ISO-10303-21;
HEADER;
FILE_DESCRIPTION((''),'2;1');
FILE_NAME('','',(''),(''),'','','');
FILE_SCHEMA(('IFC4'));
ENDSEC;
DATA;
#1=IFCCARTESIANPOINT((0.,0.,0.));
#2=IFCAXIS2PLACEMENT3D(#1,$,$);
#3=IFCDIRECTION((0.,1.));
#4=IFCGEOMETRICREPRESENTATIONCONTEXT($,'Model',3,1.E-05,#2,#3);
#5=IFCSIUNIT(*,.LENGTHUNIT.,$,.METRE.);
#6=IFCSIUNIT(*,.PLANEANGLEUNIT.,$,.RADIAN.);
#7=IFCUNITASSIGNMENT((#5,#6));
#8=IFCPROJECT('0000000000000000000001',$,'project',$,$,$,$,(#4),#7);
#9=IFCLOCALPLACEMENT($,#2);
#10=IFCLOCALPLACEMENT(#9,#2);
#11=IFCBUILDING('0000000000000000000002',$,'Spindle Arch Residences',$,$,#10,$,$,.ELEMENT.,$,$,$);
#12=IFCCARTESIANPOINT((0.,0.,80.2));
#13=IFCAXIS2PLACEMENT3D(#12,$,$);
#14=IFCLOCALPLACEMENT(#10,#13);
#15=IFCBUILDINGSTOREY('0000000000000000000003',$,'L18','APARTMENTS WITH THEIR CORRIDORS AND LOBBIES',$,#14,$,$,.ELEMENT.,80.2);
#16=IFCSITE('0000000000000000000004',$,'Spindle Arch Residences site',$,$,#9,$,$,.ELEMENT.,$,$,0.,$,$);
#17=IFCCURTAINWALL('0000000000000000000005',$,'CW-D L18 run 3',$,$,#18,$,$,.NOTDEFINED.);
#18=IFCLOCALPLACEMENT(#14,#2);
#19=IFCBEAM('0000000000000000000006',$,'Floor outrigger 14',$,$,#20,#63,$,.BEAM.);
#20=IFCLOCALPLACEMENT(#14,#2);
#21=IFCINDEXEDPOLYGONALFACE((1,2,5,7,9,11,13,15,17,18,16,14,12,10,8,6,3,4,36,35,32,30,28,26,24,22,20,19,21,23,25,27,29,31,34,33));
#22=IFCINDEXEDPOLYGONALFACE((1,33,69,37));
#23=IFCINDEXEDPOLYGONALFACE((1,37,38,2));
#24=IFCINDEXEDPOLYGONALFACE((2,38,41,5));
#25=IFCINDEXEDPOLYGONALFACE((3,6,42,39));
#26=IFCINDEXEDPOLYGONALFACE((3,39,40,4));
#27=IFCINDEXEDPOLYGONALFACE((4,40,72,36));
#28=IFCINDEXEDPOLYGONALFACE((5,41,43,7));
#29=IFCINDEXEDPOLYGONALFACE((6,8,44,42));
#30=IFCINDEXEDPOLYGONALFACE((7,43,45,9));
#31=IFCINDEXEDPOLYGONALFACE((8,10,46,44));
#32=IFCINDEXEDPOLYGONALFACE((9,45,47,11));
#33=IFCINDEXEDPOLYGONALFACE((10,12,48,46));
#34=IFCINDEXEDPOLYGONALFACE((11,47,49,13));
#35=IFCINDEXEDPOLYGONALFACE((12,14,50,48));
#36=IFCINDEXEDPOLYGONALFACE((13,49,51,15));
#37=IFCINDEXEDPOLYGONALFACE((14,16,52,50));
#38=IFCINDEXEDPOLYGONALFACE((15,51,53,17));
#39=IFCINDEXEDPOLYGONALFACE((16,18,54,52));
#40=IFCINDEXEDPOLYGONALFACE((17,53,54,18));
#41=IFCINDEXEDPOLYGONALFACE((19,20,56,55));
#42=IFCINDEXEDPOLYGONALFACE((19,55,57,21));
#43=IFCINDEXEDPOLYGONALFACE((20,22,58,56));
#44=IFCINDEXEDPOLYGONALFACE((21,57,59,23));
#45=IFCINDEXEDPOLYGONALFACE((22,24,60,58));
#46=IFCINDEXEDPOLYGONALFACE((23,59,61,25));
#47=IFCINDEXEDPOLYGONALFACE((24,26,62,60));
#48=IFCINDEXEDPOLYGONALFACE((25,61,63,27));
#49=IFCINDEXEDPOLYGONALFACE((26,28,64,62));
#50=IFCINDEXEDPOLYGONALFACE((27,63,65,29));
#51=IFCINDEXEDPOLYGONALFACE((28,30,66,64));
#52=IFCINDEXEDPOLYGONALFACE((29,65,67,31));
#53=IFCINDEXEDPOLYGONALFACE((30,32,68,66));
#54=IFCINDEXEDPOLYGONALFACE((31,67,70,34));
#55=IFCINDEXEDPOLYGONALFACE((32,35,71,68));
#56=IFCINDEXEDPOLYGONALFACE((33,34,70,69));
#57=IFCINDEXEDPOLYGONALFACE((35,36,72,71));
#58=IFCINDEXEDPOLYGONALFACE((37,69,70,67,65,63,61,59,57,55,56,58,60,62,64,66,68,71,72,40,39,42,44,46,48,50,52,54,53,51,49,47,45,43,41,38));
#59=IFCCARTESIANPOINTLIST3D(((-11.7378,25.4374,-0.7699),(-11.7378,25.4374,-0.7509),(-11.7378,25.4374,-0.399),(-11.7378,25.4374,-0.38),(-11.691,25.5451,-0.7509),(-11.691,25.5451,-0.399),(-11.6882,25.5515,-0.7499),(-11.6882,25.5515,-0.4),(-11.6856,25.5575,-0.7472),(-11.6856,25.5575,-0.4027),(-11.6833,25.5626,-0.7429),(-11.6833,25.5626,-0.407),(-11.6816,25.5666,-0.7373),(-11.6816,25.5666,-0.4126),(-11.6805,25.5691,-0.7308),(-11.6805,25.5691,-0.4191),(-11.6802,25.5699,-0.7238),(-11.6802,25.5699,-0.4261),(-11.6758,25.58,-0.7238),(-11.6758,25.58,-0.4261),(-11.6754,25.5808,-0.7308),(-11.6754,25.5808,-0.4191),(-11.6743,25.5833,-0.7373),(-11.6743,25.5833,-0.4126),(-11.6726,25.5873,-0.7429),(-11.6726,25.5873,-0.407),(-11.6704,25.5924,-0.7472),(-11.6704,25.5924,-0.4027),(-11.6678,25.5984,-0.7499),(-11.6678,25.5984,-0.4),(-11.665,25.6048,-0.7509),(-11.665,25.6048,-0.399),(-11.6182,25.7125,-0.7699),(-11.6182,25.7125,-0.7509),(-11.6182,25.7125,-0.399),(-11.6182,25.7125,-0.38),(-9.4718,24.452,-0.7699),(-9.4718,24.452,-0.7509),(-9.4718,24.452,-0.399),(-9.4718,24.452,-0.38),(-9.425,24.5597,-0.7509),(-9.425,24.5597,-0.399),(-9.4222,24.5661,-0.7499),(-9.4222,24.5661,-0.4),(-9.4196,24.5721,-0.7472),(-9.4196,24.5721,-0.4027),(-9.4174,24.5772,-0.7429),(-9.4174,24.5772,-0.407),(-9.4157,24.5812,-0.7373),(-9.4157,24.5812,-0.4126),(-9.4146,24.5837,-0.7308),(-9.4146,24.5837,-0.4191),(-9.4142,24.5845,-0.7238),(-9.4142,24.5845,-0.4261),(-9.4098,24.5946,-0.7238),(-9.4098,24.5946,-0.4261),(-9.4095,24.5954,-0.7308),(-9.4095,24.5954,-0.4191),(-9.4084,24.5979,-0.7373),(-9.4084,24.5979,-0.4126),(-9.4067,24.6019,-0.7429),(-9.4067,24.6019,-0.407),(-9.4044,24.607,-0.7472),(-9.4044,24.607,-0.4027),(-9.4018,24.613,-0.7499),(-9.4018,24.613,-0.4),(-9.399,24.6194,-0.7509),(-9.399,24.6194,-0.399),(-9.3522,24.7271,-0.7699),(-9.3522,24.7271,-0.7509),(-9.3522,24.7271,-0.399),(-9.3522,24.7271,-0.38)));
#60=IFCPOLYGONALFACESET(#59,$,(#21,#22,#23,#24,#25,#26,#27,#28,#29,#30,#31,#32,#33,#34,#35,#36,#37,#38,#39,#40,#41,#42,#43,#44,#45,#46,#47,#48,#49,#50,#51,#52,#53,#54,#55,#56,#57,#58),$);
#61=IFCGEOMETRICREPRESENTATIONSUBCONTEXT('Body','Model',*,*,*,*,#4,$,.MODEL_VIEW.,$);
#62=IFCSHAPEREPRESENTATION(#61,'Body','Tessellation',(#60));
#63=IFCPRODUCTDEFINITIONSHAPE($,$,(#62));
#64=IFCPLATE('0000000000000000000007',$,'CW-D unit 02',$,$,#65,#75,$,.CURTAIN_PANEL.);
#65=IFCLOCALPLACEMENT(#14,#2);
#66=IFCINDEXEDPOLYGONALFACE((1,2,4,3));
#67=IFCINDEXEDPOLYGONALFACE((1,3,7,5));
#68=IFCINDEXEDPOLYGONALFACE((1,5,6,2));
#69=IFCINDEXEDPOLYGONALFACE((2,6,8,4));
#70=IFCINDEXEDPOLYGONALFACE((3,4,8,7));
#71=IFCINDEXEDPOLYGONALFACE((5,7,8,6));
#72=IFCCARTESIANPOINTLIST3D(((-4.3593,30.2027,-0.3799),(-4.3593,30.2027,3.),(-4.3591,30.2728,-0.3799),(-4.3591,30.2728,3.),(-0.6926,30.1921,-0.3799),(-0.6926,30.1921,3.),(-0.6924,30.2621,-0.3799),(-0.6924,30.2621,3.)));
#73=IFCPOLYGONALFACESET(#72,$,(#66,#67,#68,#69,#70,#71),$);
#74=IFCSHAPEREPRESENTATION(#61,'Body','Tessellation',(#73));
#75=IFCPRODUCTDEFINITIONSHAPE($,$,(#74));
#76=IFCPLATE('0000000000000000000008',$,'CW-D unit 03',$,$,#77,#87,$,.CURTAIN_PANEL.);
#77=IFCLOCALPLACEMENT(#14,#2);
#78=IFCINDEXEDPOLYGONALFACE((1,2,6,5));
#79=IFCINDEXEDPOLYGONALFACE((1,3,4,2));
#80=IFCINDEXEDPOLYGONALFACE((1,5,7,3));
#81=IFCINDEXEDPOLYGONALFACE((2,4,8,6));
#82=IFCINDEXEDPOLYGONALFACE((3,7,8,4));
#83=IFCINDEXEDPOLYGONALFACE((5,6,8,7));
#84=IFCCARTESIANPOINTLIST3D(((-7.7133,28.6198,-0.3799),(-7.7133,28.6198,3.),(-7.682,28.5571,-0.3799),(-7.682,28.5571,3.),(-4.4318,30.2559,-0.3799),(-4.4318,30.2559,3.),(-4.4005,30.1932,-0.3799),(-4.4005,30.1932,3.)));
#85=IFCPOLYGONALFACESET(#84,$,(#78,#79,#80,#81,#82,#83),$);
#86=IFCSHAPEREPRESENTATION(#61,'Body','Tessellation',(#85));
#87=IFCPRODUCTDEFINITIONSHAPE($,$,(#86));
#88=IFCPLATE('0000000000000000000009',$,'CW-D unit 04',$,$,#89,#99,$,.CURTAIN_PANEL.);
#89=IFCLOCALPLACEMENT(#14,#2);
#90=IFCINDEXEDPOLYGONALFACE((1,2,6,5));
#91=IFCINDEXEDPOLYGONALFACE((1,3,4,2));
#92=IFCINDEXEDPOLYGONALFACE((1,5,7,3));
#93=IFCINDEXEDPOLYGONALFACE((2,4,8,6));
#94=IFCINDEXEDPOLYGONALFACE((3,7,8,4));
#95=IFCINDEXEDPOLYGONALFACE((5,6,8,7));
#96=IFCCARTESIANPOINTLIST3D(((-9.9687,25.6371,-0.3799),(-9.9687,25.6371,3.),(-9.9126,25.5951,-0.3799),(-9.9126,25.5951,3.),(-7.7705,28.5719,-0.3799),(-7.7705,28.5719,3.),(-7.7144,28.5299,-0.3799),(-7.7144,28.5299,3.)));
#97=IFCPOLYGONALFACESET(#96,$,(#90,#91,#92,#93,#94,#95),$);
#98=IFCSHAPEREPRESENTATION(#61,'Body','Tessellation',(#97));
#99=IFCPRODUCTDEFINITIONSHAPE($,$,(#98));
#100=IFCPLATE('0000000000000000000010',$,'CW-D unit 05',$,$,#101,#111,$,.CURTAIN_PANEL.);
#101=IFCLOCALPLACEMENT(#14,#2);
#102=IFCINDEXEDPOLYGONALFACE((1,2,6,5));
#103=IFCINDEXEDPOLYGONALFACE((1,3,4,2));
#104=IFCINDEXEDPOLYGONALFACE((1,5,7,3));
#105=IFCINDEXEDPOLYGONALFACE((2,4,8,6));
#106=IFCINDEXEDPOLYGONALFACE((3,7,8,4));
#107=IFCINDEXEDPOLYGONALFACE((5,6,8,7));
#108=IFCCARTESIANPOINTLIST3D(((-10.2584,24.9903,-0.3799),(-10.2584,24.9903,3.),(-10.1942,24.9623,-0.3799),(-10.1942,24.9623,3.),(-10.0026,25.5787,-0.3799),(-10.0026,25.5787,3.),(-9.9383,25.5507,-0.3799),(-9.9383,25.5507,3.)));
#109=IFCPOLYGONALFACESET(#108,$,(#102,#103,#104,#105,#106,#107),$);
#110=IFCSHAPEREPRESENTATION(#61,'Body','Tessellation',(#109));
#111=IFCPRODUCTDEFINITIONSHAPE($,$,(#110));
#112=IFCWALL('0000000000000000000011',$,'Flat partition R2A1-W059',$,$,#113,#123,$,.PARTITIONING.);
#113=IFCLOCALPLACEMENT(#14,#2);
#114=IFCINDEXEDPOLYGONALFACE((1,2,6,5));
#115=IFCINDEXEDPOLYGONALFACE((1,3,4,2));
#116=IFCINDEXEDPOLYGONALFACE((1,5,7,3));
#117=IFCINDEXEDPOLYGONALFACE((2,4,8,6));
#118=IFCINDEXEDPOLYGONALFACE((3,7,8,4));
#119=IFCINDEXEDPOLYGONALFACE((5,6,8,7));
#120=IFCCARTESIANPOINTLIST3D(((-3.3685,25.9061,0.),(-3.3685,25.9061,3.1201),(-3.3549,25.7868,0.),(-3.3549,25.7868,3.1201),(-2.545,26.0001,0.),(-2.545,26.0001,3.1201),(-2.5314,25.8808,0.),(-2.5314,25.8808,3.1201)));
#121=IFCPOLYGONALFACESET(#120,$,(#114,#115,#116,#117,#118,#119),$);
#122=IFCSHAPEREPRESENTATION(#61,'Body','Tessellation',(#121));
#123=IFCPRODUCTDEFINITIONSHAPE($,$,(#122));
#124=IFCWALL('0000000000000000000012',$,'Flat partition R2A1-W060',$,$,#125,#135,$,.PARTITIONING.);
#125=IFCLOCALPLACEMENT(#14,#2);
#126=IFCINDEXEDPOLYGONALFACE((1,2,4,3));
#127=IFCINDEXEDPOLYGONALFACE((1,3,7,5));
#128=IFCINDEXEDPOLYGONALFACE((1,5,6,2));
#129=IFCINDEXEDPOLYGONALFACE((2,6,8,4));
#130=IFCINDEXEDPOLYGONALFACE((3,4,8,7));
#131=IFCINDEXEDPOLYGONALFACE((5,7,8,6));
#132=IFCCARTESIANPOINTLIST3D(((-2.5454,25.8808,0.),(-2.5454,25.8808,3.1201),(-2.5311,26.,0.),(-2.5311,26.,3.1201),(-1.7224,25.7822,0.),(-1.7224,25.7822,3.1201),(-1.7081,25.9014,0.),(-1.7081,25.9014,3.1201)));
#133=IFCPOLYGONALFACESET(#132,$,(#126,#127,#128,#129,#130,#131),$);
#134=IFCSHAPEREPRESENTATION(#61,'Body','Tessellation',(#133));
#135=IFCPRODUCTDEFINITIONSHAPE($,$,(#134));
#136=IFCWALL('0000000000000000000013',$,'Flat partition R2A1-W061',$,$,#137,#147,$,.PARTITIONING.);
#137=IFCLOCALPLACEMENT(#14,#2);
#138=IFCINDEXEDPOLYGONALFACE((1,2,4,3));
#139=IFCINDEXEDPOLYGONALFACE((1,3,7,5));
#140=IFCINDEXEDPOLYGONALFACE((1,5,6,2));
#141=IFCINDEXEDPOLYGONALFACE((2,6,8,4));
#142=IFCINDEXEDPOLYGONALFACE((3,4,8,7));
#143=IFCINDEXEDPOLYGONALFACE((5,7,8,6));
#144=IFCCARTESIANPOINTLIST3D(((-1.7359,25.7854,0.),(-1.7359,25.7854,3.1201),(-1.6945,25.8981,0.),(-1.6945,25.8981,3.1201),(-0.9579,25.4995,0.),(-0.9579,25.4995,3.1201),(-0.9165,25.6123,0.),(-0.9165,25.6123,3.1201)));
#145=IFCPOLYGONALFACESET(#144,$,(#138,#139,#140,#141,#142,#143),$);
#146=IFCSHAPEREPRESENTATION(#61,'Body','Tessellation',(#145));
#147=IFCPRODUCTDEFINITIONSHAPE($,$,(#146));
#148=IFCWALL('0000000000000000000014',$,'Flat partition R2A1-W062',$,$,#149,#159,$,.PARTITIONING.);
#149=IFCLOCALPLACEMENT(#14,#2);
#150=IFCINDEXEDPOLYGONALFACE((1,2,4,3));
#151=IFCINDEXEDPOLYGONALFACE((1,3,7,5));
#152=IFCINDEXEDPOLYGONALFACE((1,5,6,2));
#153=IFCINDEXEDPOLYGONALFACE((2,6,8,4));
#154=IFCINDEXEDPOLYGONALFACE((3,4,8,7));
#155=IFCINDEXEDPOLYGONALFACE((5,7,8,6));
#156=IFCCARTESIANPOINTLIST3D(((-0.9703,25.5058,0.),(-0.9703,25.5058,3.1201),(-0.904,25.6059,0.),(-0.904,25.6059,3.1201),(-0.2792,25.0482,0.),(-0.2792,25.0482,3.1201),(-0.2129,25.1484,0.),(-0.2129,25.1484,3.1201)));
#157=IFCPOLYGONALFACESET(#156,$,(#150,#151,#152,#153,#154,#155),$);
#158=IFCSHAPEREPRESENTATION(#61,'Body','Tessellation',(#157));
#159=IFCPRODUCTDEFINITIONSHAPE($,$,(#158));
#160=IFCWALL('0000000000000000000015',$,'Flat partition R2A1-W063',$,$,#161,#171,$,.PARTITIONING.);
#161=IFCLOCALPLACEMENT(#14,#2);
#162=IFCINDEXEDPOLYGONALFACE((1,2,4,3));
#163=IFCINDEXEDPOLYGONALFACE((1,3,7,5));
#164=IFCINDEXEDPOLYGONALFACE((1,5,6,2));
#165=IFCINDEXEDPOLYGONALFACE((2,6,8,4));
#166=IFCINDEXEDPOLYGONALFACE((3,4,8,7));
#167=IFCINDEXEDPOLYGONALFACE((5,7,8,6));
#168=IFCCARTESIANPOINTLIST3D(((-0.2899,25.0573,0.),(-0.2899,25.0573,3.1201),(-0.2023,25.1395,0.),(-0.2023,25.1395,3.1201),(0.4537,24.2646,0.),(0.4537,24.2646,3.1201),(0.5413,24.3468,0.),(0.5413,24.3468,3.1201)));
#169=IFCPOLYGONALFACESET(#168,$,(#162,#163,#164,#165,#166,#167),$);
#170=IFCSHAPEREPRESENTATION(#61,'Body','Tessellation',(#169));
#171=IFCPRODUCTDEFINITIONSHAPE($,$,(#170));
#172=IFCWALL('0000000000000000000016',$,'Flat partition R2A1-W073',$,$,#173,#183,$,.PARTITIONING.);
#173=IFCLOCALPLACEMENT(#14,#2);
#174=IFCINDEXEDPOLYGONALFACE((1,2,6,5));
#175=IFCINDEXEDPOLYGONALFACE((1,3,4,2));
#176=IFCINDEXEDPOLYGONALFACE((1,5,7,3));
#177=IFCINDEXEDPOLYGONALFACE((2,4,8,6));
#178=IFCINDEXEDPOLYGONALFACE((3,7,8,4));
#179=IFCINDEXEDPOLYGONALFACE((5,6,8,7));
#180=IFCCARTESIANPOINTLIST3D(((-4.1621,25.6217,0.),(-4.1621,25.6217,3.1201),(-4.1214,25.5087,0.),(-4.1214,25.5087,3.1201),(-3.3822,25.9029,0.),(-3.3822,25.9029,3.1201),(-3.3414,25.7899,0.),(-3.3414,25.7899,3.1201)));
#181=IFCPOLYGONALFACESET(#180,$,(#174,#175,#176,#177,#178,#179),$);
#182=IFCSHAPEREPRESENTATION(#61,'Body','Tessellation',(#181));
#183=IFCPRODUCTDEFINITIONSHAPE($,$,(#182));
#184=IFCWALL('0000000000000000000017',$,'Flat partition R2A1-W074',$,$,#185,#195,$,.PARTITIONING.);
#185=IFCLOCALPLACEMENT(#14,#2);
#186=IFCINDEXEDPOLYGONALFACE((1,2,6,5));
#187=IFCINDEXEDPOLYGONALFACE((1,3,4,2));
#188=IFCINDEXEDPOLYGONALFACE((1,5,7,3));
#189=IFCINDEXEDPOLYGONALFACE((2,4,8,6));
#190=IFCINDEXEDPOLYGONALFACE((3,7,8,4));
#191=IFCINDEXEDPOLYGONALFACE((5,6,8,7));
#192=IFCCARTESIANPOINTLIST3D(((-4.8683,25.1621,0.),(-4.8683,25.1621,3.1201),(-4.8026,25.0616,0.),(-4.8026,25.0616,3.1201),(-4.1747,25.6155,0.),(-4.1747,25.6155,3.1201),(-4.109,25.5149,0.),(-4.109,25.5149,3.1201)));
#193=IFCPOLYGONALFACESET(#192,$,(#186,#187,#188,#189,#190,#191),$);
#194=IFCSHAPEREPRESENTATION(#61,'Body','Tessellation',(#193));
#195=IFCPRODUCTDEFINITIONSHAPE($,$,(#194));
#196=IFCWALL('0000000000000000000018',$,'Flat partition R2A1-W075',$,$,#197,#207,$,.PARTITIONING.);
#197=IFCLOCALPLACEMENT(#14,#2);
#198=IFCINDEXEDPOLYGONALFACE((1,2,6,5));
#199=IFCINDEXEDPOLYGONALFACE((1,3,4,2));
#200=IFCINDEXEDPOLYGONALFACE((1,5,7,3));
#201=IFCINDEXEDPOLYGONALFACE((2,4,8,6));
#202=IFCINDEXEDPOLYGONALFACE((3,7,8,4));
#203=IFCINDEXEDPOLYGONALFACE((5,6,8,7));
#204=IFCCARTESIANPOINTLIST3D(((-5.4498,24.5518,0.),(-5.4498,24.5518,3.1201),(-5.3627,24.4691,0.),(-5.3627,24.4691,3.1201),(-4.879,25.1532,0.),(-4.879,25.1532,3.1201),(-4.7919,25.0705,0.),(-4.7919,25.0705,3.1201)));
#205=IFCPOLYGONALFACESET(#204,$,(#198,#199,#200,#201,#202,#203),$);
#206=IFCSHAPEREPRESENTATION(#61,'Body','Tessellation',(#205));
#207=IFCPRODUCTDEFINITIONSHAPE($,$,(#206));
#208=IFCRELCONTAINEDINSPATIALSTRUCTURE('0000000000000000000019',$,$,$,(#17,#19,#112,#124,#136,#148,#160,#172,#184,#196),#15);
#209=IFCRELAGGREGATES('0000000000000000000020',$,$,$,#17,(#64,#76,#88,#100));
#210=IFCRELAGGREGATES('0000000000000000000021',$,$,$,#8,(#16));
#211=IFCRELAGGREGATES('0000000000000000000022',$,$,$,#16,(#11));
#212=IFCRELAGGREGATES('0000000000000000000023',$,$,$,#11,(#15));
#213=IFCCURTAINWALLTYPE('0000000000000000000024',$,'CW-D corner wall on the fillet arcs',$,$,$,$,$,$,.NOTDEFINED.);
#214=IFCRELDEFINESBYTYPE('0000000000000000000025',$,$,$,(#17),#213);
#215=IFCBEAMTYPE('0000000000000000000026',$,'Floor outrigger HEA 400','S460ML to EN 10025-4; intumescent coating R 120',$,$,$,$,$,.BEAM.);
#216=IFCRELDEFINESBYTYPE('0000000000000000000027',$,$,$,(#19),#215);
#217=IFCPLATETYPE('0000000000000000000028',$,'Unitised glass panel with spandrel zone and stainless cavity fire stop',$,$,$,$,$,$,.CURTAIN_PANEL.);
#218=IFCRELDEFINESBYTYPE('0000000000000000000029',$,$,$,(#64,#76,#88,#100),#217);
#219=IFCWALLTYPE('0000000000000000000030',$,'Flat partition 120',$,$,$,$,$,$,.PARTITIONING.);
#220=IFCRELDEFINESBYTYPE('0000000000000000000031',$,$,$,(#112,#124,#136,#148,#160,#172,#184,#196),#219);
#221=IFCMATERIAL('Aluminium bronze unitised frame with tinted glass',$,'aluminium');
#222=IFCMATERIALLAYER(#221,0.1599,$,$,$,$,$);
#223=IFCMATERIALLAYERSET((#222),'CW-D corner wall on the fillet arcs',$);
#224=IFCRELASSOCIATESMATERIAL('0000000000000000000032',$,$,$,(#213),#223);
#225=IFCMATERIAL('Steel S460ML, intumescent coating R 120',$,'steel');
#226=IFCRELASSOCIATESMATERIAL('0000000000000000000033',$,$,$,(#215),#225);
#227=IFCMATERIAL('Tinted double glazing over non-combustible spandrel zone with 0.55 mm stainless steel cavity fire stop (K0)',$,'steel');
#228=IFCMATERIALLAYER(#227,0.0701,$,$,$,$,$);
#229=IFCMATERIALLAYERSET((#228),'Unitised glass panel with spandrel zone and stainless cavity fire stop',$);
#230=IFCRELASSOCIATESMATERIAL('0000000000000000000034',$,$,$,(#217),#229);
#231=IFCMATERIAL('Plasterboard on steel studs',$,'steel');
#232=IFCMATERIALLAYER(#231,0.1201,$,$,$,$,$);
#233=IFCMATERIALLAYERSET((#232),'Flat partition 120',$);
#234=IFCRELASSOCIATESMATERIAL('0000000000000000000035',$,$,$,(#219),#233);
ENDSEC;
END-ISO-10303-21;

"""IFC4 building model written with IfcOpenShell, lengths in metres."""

from ifc_helpers import new_model, si_unit, direction, frame, frame_2d, origin, origin_2d, place, context, subcontext, project, spatial, rectangle, i_section, extrude, material, layer, layer_set, material_profile, profile_set, type_object, element, aggregate, save


model = new_model("IFC4")

# Units and contexts
model_context = context("Model", 3, precision=1e-05, world=origin(), true_north=direction((0.0, 1.0)))
body_context = subcontext(model_context, "Body", "Model", "MODEL_VIEW")
ifc_project = project(units=[si_unit("LENGTHUNIT", "METRE"), si_unit("PLANEANGLEUNIT", "RADIAN")], contexts=[model_context])

# Site, building, storey
site_placement = place(None, origin())
site = spatial("IfcSite", under=ifc_project, at=site_placement, Name="Spindle Arch Residences site", CompositionType="ELEMENT", RefElevation=0.0)
building_placement = place(site_placement, origin())
building = spatial("IfcBuilding", under=site, at=building_placement, Name="Spindle Arch Residences", CompositionType="ELEMENT")
storey_placement = place(building_placement, frame((0.0, 0.0, 80.2)))
storey = spatial("IfcBuildingStorey", under=building, at=storey_placement, Name="L18", Description="APARTMENTS WITH THEIR CORRIDORS AND LOBBIES", CompositionType="ELEMENT", Elevation=80.2)

# Curtain wall
ifc_material_1 = material(Name="Aluminium bronze unitised frame with tinted glass", Category="aluminium")
ifc_layer_1 = layer(ifc_material_1, 0.1599)
ifc_layer_set_1 = layer_set([ifc_layer_1], Name="CW-D corner wall on the fillet arcs")
curtain_wall_type = type_object("IfcCurtainWallType", Name="CW-D corner wall on the fillet arcs", PredefinedType="NOTDEFINED", material=ifc_layer_set_1)
curtain_wall_placement = place(storey_placement, origin())
curtain_wall = element("IfcCurtainWall", 1, at=curtain_wall_placement, inside=storey, type_object=curtain_wall_type, Name="CW-D L18 run 3", PredefinedType="NOTDEFINED")

# Beam
ifc_material_2 = material(Name="Steel S460ML, intumescent coating R 120", Category="steel")
ifc_material_profile_1 = material_profile(ifc_material_2, i_section(OverallWidth=0.3, OverallDepth=0.3899, WebThickness=0.011, FlangeThickness=0.019, FilletRadius=0.0271, at=origin_2d()), Name="HEA 400")
ifc_profile_set_1 = profile_set([ifc_material_profile_1], Name="Steel S460ML, intumescent coating R 120")
beam_type_1 = type_object("IfcBeamType", Name="Floor outrigger HEA 400", Description="S460ML to EN 10025-4; intumescent coating R 120", PredefinedType="BEAM", material=ifc_profile_set_1)
beam_1_placement = place(storey_placement, frame((-11.678, 25.575, -0.575), z_axis=(0.917042, -0.398791, 0.0), x_axis=(0.398791, 0.917042, 0.0)))
element("IfcBeam", 2, at=beam_1_placement, inside=storey, type_object=beam_type_1, Name="Floor outrigger 14", PredefinedType="BEAM", context=body_context, shape_type="SweptSolid", body=[
    extrude(i_section(OverallWidth=0.3, OverallDepth=0.3899, WebThickness=0.011, FlangeThickness=0.019, FilletRadius=0.0271, at=origin_2d()), origin(), (0.0, 0.0, 1.0), 2.4709),
])

# Plates
ifc_material_3 = material(Name="Tinted double glazing over non-combustible spandrel zone with 0.55 mm stainless steel cavity fire stop (K0)", Category="steel")
ifc_layer_2 = layer(ifc_material_3, 0.0701)
ifc_layer_set_2 = layer_set([ifc_layer_2], Name="Unitised glass panel with spandrel zone and stainless cavity fire stop")
plate_type = type_object("IfcPlateType", Name="Unitised glass panel with spandrel zone and stainless cavity fire stop", PredefinedType="CURTAIN_PANEL", material=ifc_layer_set_2)
plate_1_placement = place(storey_placement, frame((-2.5259, 30.2324, -0.3799), z_axis=(0.0, 0.0, 1.0), x_axis=(-0.999996, 0.002909, 0.0)))
plate_1 = element("IfcPlate", 3, at=plate_1_placement, type_object=plate_type, Name="CW-D unit 02", PredefinedType="CURTAIN_PANEL", context=body_context, shape_type="SweptSolid", body=[
    extrude(rectangle(XDim=3.6667, YDim=0.0701, at=origin_2d()), origin(), (0.0, 0.0, 1.0), 3.3799),
])
plate_2_placement = place(storey_placement, frame((-6.0569, 29.4065, -0.3799), z_axis=(0.0, 0.0, 1.0), x_axis=(-0.894934, -0.446198, 0.0)))
plate_2 = element("IfcPlate", 4, at=plate_2_placement, type_object=plate_type, Name="CW-D unit 03", PredefinedType="CURTAIN_PANEL", context=body_context, shape_type="SweptSolid", body=[
    extrude(rectangle(XDim=3.6667, YDim=0.0701, at=origin_2d()), origin(), (0.0, 0.0, 1.0), 3.3799),
])
plate_3_placement = place(storey_placement, frame((-8.8416, 27.0835, -0.3799), z_axis=(0.0, 0.0, 1.0), x_axis=(-0.599489, -0.800383, 0.0)))
plate_3 = element("IfcPlate", 5, at=plate_3_placement, type_object=plate_type, Name="CW-D unit 04", PredefinedType="CURTAIN_PANEL", context=body_context, shape_type="SweptSolid", body=[
    extrude(rectangle(XDim=3.6667, YDim=0.0701, at=origin_2d()), origin(), (0.0, 0.0, 1.0), 3.3799),
])
plate_4_placement = place(storey_placement, frame((-10.0984, 25.2705, -0.3799), z_axis=(0.0, 0.0, 1.0), x_axis=(-0.398749, -0.91706, 0.0)))
plate_4 = element("IfcPlate", 6, at=plate_4_placement, type_object=plate_type, Name="CW-D unit 05", PredefinedType="CURTAIN_PANEL", context=body_context, shape_type="SweptSolid", body=[
    extrude(rectangle(XDim=0.6416, YDim=0.0701, at=origin_2d()), origin(), (0.0, 0.0, 1.0), 3.3799),
])
aggregate(curtain_wall, [plate_1, plate_2, plate_3, plate_4])

# Walls
ifc_material_4 = material(Name="Plasterboard on steel studs", Category="steel")
ifc_layer_3 = layer(ifc_material_4, 0.1201)
ifc_layer_set_3 = layer_set([ifc_layer_3], Name="Flat partition 120")
wall_type_1 = type_object("IfcWallType", Name="Flat partition 120", PredefinedType="PARTITIONING", material=ifc_layer_set_3)
for number, where, z_axis, x_axis, name in (
    (7, (-3.3618, 25.8464, 0.0), (0.0, 0.0, 1.0), (0.993549, 0.113405, 0.0), "Flat partition R2A1-W059"),
    (8, (-2.5383, 25.9404, 0.0), (0.0, 0.0, 1.0), (0.992895, -0.118994, 0.0), "Flat partition R2A1-W060"),
    (9, (-1.7153, 25.8418, 0.0), (0.0, 0.0, 1.0), (0.938644, -0.344886, 0.0), "Flat partition R2A1-W061"),
    (10, (-0.9373, 25.5559, 0.0), (0.0, 0.0, 1.0), (0.833858, -0.551978, 0.0), "Flat partition R2A1-W062"),
):
    element("IfcWall", number, at=place(storey_placement, frame(where, z_axis=z_axis, x_axis=x_axis)), inside=storey, type_object=wall_type_1, Name=name, PredefinedType="PARTITIONING", context=body_context, shape_type="SweptSolid", body=[
        extrude(rectangle(XDim=0.8289, YDim=0.1201, at=frame_2d((0.4146, 0.0))), origin(), (0.0, 0.0, 1.0), 3.1201),
    ])
wall_1_placement = place(storey_placement, frame((-0.2461, 25.0984, 0.0), z_axis=(0.0, 0.0, 1.0), x_axis=(0.684173, -0.72932, 0.0)))
element("IfcWall", 11, at=wall_1_placement, inside=storey, type_object=wall_type_1, Name="Flat partition R2A1-W063", PredefinedType="PARTITIONING", context=body_context, shape_type="SweptSolid", body=[
    extrude(rectangle(XDim=1.0869, YDim=0.1201, at=frame_2d((0.5435, 0.0))), origin(), (0.0, 0.0, 1.0), 3.1201),
])
wall_2_placement = place(storey_placement, frame((-3.3618, 25.8464, 0.0), z_axis=(0.0, 0.0, 1.0), x_axis=(-0.940718, -0.339189, 0.0)))
element("IfcWall", 12, at=wall_2_placement, inside=storey, type_object=wall_type_1, Name="Flat partition R2A1-W073", PredefinedType="PARTITIONING", context=body_context, shape_type="SweptSolid", body=[
    extrude(rectangle(XDim=0.8291, YDim=0.1201, at=frame_2d((0.4146, 0.0))), origin(), (0.0, 0.0, 1.0), 3.1201),
])
wall_3_placement = place(storey_placement, frame((-4.1418, 25.5652, 0.0), z_axis=(0.0, 0.0, 1.0), x_axis=(-0.837047, -0.54713, 0.0)))
element("IfcWall", 13, at=wall_3_placement, inside=storey, type_object=wall_type_1, Name="Flat partition R2A1-W074", PredefinedType="PARTITIONING", context=body_context, shape_type="SweptSolid", body=[
    extrude(rectangle(XDim=0.8286, YDim=0.1201, at=frame_2d((0.4143, 0.0))), origin(), (0.0, 0.0, 1.0), 3.1201),
])
wall_4_placement = place(storey_placement, frame((-4.8354, 25.1118, 0.0), z_axis=(0.0, 0.0, 1.0), x_axis=(-0.688463, -0.725271, 0.0)))
element("IfcWall", 14, at=wall_4_placement, inside=storey, type_object=wall_type_1, Name="Flat partition R2A1-W075", PredefinedType="PARTITIONING", context=body_context, shape_type="SweptSolid", body=[
    extrude(rectangle(XDim=0.8291, YDim=0.1201, at=frame_2d((0.4146, 0.0))), origin(), (0.0, 0.0, 1.0), 3.1201),
])

save(model, "model.ifc")
